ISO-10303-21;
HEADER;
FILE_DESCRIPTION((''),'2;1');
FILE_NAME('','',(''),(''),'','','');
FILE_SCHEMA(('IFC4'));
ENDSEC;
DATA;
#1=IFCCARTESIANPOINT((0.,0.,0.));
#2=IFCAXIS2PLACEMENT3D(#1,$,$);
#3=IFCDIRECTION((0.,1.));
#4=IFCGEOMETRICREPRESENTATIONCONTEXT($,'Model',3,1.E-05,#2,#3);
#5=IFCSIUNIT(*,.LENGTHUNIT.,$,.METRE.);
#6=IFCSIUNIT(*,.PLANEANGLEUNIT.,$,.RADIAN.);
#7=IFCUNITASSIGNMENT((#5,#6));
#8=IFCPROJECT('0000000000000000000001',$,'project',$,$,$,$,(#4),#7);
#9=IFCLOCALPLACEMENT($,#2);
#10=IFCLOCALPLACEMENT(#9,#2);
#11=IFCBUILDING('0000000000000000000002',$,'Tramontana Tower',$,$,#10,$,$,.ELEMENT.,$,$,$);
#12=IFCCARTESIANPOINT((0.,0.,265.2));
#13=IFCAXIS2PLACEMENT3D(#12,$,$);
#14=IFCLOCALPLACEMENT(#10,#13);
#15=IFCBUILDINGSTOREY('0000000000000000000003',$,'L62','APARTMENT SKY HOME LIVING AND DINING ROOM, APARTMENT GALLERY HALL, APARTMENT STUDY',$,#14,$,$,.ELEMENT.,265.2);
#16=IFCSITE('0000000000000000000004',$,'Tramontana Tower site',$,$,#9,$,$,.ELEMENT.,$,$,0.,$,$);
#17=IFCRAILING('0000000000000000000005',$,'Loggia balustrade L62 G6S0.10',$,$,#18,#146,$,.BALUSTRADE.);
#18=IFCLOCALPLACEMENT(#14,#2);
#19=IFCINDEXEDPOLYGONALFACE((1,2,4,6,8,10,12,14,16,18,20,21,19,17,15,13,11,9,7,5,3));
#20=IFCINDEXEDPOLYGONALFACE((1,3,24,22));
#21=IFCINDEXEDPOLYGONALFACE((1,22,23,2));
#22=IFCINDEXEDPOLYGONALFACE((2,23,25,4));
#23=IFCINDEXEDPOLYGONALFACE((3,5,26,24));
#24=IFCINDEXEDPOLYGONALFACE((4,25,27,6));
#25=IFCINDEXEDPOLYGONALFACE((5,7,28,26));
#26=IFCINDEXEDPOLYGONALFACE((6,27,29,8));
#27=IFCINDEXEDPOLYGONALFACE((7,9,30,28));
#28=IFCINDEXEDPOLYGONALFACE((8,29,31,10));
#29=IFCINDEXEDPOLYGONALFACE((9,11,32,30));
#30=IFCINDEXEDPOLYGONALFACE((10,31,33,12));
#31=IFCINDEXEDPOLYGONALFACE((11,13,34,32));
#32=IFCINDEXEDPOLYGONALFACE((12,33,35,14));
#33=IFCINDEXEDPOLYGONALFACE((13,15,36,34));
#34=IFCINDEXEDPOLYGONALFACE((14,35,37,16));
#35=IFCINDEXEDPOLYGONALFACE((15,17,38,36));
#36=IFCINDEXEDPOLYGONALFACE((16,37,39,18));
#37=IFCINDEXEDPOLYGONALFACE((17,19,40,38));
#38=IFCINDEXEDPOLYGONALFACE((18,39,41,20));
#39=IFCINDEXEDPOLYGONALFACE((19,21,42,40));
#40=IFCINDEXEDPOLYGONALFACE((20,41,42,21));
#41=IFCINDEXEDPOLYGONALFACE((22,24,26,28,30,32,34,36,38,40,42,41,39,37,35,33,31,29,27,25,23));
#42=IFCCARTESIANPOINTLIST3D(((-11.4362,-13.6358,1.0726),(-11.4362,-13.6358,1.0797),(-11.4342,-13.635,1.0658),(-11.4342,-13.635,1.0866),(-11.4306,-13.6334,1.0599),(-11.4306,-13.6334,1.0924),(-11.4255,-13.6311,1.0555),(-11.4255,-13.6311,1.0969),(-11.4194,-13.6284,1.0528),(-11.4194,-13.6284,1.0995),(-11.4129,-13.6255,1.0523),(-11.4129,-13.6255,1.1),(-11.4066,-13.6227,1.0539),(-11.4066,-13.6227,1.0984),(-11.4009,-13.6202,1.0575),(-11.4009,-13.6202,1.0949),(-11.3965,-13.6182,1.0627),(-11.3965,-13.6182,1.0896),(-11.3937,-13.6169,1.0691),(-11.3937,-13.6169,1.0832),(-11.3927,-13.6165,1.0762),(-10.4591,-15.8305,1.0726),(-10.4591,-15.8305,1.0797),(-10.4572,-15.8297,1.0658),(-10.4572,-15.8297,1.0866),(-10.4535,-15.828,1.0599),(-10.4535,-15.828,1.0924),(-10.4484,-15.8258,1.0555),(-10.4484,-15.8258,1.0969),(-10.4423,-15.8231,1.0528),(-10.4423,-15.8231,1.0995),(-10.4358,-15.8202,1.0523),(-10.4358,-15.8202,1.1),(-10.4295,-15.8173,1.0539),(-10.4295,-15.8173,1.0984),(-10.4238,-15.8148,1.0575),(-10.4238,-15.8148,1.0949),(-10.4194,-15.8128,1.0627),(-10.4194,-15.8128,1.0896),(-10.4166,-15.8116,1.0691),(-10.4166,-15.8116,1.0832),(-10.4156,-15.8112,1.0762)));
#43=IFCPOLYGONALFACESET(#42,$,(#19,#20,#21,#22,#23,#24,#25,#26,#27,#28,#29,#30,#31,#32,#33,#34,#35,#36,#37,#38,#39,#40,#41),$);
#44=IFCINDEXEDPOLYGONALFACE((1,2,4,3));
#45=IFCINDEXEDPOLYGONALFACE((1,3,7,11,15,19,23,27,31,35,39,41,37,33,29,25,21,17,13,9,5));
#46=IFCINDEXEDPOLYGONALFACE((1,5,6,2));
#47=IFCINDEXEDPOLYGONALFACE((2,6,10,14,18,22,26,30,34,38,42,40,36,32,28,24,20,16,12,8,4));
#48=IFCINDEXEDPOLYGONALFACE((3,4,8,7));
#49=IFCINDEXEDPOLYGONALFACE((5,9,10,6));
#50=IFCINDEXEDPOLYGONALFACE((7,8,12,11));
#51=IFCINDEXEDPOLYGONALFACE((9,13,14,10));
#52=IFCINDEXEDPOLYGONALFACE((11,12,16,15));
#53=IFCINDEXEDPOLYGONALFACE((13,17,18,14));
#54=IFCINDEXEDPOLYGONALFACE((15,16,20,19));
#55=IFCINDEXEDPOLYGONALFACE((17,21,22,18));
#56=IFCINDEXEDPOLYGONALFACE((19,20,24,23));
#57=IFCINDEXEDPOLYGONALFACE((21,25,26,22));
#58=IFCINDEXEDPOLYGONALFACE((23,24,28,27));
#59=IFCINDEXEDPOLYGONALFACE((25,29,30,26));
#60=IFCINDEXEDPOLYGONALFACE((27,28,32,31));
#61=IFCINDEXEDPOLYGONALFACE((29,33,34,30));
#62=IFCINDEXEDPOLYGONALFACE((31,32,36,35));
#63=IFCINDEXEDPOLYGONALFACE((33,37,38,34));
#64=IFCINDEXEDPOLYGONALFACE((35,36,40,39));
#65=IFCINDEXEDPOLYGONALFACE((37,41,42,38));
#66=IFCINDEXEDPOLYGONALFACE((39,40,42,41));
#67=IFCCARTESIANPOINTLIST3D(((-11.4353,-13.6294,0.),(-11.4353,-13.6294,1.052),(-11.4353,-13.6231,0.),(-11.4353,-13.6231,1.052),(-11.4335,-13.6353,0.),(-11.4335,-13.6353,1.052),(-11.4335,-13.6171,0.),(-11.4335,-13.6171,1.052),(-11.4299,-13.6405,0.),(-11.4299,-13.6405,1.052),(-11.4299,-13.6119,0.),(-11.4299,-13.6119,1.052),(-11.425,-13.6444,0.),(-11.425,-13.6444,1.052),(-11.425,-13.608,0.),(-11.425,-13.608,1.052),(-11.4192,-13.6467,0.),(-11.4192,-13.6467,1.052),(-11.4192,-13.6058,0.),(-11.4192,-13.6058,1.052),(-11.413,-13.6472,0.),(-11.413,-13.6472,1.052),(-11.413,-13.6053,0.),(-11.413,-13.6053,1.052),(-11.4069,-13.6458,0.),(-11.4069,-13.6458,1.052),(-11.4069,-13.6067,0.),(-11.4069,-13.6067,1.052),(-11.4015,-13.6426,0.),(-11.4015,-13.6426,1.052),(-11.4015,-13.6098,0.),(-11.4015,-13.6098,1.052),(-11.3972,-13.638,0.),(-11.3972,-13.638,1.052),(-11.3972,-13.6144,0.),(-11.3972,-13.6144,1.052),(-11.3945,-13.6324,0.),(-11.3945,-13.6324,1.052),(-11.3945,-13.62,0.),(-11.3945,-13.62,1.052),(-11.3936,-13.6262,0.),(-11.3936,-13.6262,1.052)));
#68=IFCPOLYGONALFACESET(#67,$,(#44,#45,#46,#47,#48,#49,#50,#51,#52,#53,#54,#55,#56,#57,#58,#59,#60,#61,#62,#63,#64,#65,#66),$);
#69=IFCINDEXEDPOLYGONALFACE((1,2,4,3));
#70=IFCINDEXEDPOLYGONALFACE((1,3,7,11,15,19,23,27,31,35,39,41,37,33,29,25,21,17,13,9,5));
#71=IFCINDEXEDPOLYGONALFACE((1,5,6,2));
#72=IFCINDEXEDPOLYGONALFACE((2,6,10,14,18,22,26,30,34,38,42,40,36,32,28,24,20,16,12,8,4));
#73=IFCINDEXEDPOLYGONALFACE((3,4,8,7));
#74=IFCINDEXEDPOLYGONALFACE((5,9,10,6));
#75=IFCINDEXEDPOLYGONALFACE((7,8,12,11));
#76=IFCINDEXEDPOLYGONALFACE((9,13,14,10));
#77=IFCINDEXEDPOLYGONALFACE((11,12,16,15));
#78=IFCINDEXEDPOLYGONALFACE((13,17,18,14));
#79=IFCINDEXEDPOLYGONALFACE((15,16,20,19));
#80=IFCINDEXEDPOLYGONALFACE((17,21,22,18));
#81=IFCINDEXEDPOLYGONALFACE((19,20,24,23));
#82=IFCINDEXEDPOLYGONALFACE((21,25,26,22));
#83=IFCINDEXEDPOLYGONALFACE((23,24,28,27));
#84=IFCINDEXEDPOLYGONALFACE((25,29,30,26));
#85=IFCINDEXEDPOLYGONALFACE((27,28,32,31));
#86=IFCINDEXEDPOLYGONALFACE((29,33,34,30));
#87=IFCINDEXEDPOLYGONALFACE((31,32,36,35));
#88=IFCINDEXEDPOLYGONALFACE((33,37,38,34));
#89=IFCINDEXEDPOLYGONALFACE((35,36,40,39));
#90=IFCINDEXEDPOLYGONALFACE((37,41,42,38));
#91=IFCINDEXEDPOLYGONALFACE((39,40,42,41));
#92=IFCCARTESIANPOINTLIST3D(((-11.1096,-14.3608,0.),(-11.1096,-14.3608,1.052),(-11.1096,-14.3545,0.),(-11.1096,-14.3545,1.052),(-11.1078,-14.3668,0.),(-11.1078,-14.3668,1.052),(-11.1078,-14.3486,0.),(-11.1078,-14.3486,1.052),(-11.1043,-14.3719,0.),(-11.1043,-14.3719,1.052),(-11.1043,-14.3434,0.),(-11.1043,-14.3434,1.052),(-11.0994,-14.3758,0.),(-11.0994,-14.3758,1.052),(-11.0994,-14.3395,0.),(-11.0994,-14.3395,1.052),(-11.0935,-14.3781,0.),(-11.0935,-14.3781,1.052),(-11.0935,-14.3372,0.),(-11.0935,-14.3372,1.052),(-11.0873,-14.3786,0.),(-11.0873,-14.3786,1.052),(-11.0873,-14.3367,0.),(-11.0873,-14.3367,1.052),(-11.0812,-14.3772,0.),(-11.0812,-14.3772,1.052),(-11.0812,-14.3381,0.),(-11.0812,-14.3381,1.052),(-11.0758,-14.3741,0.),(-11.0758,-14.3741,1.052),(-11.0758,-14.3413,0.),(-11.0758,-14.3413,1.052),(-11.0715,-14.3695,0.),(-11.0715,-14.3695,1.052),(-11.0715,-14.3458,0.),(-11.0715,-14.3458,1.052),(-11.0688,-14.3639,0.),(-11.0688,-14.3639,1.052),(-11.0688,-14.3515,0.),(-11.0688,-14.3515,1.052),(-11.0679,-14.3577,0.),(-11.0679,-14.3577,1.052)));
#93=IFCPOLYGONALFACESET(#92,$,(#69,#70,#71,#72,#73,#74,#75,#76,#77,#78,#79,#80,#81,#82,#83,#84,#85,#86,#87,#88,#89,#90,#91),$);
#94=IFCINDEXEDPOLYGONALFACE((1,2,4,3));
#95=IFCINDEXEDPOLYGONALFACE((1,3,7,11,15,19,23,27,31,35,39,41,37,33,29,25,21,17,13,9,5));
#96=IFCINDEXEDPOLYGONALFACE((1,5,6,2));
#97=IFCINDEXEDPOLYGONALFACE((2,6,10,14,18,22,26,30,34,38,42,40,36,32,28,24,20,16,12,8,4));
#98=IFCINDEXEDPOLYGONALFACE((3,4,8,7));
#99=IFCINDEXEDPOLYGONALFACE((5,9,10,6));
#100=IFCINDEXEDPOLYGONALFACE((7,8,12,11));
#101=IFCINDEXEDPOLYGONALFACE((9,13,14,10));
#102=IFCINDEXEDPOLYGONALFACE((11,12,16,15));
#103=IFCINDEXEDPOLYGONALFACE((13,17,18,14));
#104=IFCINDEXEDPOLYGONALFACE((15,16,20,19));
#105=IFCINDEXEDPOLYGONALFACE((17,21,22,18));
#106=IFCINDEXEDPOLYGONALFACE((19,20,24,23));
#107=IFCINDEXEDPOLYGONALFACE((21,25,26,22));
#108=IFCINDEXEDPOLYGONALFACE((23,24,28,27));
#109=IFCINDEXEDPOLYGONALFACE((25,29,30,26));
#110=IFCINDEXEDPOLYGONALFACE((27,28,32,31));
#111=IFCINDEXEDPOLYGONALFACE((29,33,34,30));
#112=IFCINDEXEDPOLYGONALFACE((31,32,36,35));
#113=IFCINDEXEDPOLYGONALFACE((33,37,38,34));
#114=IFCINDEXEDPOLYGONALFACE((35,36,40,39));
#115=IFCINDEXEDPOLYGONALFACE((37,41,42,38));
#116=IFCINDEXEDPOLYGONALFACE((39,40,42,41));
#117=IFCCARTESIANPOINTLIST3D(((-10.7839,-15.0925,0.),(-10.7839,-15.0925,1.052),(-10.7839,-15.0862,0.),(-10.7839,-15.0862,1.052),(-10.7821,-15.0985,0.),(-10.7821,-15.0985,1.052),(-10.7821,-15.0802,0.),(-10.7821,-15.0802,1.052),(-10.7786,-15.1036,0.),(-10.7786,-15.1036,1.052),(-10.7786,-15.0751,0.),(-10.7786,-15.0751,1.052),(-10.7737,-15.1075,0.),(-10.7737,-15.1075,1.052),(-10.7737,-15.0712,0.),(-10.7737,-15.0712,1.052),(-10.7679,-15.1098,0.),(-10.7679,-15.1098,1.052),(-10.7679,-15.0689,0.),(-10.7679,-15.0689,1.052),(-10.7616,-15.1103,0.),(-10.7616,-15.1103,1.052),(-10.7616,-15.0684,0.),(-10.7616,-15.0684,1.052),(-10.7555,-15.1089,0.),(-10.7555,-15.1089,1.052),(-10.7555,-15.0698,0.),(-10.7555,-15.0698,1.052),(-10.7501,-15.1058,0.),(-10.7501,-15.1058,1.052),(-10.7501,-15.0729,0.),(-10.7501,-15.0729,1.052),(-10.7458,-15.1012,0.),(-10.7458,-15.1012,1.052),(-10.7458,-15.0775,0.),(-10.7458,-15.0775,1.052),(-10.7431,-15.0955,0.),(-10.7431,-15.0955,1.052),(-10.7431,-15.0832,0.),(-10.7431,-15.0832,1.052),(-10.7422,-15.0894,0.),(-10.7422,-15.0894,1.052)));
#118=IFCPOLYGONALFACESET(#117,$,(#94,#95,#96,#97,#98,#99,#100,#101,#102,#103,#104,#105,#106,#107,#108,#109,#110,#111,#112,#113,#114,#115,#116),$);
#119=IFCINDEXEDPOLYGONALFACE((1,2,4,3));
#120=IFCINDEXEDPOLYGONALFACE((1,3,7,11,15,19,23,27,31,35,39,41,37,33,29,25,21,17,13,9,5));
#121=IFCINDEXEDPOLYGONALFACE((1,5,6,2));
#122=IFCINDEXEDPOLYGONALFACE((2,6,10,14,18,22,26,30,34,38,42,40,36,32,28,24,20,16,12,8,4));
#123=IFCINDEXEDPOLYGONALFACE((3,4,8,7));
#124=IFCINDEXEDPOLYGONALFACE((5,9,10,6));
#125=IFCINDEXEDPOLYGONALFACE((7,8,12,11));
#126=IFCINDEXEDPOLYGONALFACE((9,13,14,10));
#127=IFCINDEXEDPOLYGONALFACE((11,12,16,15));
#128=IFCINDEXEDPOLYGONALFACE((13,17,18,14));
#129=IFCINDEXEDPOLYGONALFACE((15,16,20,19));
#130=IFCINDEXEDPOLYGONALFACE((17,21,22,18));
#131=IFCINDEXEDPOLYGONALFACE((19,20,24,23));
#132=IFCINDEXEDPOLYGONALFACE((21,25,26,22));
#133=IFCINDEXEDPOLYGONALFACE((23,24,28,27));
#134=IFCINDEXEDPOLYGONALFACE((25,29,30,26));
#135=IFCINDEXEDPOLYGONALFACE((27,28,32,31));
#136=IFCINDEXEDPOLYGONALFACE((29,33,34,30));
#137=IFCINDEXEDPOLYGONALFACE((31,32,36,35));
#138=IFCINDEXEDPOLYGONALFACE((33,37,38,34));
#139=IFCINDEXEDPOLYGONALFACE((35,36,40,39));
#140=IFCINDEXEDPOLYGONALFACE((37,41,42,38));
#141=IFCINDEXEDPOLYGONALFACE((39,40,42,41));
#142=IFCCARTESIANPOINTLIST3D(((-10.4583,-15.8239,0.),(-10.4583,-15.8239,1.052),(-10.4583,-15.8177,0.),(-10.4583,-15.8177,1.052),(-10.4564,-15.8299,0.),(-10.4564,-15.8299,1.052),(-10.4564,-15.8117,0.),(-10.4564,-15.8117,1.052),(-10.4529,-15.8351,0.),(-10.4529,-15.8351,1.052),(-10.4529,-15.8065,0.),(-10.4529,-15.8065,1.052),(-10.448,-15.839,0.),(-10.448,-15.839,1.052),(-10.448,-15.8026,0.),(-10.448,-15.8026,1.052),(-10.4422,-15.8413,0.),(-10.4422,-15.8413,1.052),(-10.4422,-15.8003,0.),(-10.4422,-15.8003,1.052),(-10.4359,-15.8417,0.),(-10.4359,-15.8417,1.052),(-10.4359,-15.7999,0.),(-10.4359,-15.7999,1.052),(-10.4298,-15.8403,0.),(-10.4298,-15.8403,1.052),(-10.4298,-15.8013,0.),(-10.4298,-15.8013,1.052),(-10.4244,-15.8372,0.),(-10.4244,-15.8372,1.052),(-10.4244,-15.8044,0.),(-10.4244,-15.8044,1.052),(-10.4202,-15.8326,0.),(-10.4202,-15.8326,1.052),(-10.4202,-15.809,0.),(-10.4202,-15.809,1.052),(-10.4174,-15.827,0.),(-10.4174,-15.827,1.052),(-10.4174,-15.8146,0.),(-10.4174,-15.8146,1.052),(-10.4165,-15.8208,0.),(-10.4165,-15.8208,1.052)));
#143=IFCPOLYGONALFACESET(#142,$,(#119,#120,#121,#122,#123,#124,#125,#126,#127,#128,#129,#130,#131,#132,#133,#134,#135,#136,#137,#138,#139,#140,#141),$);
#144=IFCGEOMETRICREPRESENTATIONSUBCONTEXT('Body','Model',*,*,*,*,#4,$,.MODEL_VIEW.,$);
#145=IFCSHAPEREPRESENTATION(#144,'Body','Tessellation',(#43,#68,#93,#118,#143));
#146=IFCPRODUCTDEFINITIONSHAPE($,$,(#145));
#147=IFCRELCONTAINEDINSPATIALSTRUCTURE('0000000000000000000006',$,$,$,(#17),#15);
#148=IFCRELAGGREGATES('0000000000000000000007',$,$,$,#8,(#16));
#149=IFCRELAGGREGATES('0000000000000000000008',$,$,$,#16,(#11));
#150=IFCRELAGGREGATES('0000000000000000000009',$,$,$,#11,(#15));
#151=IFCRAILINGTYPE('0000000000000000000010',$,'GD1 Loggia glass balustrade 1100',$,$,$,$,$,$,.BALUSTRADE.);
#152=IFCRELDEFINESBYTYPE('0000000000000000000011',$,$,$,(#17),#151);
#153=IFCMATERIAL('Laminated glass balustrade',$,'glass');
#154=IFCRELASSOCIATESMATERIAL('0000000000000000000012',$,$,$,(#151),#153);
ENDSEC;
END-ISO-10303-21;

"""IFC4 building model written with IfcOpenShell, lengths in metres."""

from ifc_helpers import new_model, si_unit, direction, frame, origin, origin_2d, place, context, subcontext, project, spatial, circle, extrude, material, type_object, element, save


model = new_model("IFC4")

# Units and contexts
model_context = context("Model", 3, precision=1e-05, world=origin(), true_north=direction((0.0, 1.0)))
body_context = subcontext(model_context, "Body", "Model", "MODEL_VIEW")
ifc_project = project(units=[si_unit("LENGTHUNIT", "METRE"), si_unit("PLANEANGLEUNIT", "RADIAN")], contexts=[model_context])

# Site, building, storey
site_placement = place(None, origin())
site = spatial("IfcSite", under=ifc_project, at=site_placement, Name="Tramontana Tower site", CompositionType="ELEMENT", RefElevation=0.0)
building_placement = place(site_placement, origin())
building = spatial("IfcBuilding", under=site, at=building_placement, Name="Tramontana Tower", CompositionType="ELEMENT")
storey_placement = place(building_placement, frame((0.0, 0.0, 265.2)))
storey = spatial("IfcBuildingStorey", under=building, at=storey_placement, Name="L62", Description="APARTMENT SKY HOME LIVING AND DINING ROOM, APARTMENT GALLERY HALL, APARTMENT STUDY", CompositionType="ELEMENT", Elevation=265.2)

# Railing
ifc_material_1 = material(Name="Laminated glass balustrade", Category="glass")
railing_type = type_object("IfcRailingType", Name="GD1 Loggia glass balustrade 1100", PredefinedType="BALUSTRADE", material=ifc_material_1)
railing_placement = place(storey_placement, frame((-11.4146, -13.6262, 0.0)))
element("IfcRailing", 1, at=railing_placement, inside=storey, type_object=railing_type, Name="Loggia balustrade L62 G6S0.10", PredefinedType="BALUSTRADE", context=body_context, shape_type="SweptSolid", body=[
    extrude(circle(Radius=0.0239, at=origin_2d()), frame((0.0, 0.0, 1.0762), z_axis=(0.406723, -0.913552, 0.0), x_axis=(0.913552, 0.406723, 0.0)), (0.0, 0.0, 1.0), 2.4023),
    extrude(circle(Radius=0.021, at=origin_2d()), origin(), (0.0, 0.0, 1.0), 1.052),
    extrude(circle(Radius=0.021, at=origin_2d()), frame((0.3257, -0.7314, 0.0)), (0.0, 0.0, 1.0), 1.052),
    extrude(circle(Radius=0.021, at=origin_2d()), frame((0.6514, -1.4631, 0.0)), (0.0, 0.0, 1.0), 1.052),
    extrude(circle(Radius=0.021, at=origin_2d()), frame((0.9771, -2.1946, 0.0)), (0.0, 0.0, 1.0), 1.052),
])

save(model, "model.ifc")
